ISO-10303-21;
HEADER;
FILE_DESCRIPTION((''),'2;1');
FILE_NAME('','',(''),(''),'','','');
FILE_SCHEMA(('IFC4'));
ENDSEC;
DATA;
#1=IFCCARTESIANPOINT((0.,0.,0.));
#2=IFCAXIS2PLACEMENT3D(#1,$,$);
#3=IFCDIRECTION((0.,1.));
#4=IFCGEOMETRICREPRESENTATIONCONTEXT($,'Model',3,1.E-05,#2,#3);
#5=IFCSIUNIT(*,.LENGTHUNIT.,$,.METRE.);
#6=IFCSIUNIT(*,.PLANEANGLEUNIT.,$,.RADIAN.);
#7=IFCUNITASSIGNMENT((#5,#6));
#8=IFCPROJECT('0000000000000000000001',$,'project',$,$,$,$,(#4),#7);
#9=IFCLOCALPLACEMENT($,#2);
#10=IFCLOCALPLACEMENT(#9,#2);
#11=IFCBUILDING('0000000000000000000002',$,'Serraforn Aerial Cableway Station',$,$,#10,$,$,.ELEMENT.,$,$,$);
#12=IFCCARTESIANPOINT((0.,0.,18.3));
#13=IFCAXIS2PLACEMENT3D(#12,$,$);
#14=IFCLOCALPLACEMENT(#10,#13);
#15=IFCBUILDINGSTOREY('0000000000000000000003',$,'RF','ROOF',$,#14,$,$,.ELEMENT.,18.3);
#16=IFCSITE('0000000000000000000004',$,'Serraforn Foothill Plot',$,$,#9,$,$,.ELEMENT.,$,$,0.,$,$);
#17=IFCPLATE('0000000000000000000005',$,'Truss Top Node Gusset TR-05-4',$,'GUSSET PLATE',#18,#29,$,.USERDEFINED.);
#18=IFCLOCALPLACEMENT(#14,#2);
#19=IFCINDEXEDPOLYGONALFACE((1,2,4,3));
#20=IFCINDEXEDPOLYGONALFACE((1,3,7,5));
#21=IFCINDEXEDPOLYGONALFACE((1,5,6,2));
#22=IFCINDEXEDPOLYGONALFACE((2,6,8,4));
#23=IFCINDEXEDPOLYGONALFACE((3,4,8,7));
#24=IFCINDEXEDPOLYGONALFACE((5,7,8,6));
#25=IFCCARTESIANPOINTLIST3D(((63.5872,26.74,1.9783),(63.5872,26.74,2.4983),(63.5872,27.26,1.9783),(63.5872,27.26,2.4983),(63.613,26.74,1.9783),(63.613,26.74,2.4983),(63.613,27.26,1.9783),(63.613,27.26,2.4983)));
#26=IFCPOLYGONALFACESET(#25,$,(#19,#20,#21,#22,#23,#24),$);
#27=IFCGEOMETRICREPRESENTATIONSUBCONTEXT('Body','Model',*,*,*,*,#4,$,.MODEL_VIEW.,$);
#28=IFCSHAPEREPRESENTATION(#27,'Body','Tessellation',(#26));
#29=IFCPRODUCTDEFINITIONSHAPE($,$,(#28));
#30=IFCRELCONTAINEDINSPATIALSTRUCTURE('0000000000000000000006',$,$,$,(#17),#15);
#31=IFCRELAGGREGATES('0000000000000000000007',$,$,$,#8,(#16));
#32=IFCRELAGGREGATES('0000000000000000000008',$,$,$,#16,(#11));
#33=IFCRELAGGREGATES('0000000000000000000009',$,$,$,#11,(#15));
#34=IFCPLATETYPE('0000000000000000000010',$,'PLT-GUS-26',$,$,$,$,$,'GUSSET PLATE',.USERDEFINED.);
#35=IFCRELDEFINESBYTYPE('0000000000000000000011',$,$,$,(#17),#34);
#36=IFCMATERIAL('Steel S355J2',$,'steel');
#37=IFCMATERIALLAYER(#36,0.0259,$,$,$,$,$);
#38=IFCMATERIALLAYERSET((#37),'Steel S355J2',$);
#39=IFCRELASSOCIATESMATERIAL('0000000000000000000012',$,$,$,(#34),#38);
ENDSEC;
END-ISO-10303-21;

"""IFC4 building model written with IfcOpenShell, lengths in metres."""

from ifc_helpers import new_model, si_unit, direction, frame, origin, origin_2d, place, context, subcontext, project, spatial, rectangle, extrude, material, layer, layer_set, type_object, element, save


model = new_model("IFC4")

# Units and contexts
model_context = context("Model", 3, precision=1e-05, world=origin(), true_north=direction((0.0, 1.0)))
body_context = subcontext(model_context, "Body", "Model", "MODEL_VIEW")
ifc_project = project(units=[si_unit("LENGTHUNIT", "METRE"), si_unit("PLANEANGLEUNIT", "RADIAN")], contexts=[model_context])

# Site, building, storey
site_placement = place(None, origin())
site = spatial("IfcSite", under=ifc_project, at=site_placement, Name="Serraforn Foothill Plot", CompositionType="ELEMENT", RefElevation=0.0)
building_placement = place(site_placement, origin())
building = spatial("IfcBuilding", under=site, at=building_placement, Name="Serraforn Aerial Cableway Station", CompositionType="ELEMENT")
storey_placement = place(building_placement, frame((0.0, 0.0, 18.3)))
storey = spatial("IfcBuildingStorey", under=building, at=storey_placement, Name="RF", Description="ROOF", CompositionType="ELEMENT", Elevation=18.3)

# Shared definitions
ifc_material_1 = material(Name="Steel S355J2", Category="steel")

# Plate
ifc_layer_1 = layer(ifc_material_1, 0.0259)
ifc_layer_set_1 = layer_set([ifc_layer_1], Name="Steel S355J2")
plate_type_1 = type_object("IfcPlateType", Name="PLT-GUS-26", ElementType="GUSSET PLATE", PredefinedType="USERDEFINED", material=ifc_layer_set_1)
plate_1_placement = place(storey_placement, frame((63.6001, 27.0, 1.9783), z_axis=(0.0, 0.0, 1.0), x_axis=(1.0, 0.0, 0.0)))
element("IfcPlate", 1, at=plate_1_placement, inside=storey, type_object=plate_type_1, Name="Truss Top Node Gusset TR-05-4", ObjectType="GUSSET PLATE", PredefinedType="USERDEFINED", context=body_context, shape_type="SweptSolid", body=[
    extrude(rectangle(XDim=0.0259, YDim=0.52, at=origin_2d()), origin(), (0.0, 0.0, 1.0), 0.52),
])

save(model, "model.ifc")
